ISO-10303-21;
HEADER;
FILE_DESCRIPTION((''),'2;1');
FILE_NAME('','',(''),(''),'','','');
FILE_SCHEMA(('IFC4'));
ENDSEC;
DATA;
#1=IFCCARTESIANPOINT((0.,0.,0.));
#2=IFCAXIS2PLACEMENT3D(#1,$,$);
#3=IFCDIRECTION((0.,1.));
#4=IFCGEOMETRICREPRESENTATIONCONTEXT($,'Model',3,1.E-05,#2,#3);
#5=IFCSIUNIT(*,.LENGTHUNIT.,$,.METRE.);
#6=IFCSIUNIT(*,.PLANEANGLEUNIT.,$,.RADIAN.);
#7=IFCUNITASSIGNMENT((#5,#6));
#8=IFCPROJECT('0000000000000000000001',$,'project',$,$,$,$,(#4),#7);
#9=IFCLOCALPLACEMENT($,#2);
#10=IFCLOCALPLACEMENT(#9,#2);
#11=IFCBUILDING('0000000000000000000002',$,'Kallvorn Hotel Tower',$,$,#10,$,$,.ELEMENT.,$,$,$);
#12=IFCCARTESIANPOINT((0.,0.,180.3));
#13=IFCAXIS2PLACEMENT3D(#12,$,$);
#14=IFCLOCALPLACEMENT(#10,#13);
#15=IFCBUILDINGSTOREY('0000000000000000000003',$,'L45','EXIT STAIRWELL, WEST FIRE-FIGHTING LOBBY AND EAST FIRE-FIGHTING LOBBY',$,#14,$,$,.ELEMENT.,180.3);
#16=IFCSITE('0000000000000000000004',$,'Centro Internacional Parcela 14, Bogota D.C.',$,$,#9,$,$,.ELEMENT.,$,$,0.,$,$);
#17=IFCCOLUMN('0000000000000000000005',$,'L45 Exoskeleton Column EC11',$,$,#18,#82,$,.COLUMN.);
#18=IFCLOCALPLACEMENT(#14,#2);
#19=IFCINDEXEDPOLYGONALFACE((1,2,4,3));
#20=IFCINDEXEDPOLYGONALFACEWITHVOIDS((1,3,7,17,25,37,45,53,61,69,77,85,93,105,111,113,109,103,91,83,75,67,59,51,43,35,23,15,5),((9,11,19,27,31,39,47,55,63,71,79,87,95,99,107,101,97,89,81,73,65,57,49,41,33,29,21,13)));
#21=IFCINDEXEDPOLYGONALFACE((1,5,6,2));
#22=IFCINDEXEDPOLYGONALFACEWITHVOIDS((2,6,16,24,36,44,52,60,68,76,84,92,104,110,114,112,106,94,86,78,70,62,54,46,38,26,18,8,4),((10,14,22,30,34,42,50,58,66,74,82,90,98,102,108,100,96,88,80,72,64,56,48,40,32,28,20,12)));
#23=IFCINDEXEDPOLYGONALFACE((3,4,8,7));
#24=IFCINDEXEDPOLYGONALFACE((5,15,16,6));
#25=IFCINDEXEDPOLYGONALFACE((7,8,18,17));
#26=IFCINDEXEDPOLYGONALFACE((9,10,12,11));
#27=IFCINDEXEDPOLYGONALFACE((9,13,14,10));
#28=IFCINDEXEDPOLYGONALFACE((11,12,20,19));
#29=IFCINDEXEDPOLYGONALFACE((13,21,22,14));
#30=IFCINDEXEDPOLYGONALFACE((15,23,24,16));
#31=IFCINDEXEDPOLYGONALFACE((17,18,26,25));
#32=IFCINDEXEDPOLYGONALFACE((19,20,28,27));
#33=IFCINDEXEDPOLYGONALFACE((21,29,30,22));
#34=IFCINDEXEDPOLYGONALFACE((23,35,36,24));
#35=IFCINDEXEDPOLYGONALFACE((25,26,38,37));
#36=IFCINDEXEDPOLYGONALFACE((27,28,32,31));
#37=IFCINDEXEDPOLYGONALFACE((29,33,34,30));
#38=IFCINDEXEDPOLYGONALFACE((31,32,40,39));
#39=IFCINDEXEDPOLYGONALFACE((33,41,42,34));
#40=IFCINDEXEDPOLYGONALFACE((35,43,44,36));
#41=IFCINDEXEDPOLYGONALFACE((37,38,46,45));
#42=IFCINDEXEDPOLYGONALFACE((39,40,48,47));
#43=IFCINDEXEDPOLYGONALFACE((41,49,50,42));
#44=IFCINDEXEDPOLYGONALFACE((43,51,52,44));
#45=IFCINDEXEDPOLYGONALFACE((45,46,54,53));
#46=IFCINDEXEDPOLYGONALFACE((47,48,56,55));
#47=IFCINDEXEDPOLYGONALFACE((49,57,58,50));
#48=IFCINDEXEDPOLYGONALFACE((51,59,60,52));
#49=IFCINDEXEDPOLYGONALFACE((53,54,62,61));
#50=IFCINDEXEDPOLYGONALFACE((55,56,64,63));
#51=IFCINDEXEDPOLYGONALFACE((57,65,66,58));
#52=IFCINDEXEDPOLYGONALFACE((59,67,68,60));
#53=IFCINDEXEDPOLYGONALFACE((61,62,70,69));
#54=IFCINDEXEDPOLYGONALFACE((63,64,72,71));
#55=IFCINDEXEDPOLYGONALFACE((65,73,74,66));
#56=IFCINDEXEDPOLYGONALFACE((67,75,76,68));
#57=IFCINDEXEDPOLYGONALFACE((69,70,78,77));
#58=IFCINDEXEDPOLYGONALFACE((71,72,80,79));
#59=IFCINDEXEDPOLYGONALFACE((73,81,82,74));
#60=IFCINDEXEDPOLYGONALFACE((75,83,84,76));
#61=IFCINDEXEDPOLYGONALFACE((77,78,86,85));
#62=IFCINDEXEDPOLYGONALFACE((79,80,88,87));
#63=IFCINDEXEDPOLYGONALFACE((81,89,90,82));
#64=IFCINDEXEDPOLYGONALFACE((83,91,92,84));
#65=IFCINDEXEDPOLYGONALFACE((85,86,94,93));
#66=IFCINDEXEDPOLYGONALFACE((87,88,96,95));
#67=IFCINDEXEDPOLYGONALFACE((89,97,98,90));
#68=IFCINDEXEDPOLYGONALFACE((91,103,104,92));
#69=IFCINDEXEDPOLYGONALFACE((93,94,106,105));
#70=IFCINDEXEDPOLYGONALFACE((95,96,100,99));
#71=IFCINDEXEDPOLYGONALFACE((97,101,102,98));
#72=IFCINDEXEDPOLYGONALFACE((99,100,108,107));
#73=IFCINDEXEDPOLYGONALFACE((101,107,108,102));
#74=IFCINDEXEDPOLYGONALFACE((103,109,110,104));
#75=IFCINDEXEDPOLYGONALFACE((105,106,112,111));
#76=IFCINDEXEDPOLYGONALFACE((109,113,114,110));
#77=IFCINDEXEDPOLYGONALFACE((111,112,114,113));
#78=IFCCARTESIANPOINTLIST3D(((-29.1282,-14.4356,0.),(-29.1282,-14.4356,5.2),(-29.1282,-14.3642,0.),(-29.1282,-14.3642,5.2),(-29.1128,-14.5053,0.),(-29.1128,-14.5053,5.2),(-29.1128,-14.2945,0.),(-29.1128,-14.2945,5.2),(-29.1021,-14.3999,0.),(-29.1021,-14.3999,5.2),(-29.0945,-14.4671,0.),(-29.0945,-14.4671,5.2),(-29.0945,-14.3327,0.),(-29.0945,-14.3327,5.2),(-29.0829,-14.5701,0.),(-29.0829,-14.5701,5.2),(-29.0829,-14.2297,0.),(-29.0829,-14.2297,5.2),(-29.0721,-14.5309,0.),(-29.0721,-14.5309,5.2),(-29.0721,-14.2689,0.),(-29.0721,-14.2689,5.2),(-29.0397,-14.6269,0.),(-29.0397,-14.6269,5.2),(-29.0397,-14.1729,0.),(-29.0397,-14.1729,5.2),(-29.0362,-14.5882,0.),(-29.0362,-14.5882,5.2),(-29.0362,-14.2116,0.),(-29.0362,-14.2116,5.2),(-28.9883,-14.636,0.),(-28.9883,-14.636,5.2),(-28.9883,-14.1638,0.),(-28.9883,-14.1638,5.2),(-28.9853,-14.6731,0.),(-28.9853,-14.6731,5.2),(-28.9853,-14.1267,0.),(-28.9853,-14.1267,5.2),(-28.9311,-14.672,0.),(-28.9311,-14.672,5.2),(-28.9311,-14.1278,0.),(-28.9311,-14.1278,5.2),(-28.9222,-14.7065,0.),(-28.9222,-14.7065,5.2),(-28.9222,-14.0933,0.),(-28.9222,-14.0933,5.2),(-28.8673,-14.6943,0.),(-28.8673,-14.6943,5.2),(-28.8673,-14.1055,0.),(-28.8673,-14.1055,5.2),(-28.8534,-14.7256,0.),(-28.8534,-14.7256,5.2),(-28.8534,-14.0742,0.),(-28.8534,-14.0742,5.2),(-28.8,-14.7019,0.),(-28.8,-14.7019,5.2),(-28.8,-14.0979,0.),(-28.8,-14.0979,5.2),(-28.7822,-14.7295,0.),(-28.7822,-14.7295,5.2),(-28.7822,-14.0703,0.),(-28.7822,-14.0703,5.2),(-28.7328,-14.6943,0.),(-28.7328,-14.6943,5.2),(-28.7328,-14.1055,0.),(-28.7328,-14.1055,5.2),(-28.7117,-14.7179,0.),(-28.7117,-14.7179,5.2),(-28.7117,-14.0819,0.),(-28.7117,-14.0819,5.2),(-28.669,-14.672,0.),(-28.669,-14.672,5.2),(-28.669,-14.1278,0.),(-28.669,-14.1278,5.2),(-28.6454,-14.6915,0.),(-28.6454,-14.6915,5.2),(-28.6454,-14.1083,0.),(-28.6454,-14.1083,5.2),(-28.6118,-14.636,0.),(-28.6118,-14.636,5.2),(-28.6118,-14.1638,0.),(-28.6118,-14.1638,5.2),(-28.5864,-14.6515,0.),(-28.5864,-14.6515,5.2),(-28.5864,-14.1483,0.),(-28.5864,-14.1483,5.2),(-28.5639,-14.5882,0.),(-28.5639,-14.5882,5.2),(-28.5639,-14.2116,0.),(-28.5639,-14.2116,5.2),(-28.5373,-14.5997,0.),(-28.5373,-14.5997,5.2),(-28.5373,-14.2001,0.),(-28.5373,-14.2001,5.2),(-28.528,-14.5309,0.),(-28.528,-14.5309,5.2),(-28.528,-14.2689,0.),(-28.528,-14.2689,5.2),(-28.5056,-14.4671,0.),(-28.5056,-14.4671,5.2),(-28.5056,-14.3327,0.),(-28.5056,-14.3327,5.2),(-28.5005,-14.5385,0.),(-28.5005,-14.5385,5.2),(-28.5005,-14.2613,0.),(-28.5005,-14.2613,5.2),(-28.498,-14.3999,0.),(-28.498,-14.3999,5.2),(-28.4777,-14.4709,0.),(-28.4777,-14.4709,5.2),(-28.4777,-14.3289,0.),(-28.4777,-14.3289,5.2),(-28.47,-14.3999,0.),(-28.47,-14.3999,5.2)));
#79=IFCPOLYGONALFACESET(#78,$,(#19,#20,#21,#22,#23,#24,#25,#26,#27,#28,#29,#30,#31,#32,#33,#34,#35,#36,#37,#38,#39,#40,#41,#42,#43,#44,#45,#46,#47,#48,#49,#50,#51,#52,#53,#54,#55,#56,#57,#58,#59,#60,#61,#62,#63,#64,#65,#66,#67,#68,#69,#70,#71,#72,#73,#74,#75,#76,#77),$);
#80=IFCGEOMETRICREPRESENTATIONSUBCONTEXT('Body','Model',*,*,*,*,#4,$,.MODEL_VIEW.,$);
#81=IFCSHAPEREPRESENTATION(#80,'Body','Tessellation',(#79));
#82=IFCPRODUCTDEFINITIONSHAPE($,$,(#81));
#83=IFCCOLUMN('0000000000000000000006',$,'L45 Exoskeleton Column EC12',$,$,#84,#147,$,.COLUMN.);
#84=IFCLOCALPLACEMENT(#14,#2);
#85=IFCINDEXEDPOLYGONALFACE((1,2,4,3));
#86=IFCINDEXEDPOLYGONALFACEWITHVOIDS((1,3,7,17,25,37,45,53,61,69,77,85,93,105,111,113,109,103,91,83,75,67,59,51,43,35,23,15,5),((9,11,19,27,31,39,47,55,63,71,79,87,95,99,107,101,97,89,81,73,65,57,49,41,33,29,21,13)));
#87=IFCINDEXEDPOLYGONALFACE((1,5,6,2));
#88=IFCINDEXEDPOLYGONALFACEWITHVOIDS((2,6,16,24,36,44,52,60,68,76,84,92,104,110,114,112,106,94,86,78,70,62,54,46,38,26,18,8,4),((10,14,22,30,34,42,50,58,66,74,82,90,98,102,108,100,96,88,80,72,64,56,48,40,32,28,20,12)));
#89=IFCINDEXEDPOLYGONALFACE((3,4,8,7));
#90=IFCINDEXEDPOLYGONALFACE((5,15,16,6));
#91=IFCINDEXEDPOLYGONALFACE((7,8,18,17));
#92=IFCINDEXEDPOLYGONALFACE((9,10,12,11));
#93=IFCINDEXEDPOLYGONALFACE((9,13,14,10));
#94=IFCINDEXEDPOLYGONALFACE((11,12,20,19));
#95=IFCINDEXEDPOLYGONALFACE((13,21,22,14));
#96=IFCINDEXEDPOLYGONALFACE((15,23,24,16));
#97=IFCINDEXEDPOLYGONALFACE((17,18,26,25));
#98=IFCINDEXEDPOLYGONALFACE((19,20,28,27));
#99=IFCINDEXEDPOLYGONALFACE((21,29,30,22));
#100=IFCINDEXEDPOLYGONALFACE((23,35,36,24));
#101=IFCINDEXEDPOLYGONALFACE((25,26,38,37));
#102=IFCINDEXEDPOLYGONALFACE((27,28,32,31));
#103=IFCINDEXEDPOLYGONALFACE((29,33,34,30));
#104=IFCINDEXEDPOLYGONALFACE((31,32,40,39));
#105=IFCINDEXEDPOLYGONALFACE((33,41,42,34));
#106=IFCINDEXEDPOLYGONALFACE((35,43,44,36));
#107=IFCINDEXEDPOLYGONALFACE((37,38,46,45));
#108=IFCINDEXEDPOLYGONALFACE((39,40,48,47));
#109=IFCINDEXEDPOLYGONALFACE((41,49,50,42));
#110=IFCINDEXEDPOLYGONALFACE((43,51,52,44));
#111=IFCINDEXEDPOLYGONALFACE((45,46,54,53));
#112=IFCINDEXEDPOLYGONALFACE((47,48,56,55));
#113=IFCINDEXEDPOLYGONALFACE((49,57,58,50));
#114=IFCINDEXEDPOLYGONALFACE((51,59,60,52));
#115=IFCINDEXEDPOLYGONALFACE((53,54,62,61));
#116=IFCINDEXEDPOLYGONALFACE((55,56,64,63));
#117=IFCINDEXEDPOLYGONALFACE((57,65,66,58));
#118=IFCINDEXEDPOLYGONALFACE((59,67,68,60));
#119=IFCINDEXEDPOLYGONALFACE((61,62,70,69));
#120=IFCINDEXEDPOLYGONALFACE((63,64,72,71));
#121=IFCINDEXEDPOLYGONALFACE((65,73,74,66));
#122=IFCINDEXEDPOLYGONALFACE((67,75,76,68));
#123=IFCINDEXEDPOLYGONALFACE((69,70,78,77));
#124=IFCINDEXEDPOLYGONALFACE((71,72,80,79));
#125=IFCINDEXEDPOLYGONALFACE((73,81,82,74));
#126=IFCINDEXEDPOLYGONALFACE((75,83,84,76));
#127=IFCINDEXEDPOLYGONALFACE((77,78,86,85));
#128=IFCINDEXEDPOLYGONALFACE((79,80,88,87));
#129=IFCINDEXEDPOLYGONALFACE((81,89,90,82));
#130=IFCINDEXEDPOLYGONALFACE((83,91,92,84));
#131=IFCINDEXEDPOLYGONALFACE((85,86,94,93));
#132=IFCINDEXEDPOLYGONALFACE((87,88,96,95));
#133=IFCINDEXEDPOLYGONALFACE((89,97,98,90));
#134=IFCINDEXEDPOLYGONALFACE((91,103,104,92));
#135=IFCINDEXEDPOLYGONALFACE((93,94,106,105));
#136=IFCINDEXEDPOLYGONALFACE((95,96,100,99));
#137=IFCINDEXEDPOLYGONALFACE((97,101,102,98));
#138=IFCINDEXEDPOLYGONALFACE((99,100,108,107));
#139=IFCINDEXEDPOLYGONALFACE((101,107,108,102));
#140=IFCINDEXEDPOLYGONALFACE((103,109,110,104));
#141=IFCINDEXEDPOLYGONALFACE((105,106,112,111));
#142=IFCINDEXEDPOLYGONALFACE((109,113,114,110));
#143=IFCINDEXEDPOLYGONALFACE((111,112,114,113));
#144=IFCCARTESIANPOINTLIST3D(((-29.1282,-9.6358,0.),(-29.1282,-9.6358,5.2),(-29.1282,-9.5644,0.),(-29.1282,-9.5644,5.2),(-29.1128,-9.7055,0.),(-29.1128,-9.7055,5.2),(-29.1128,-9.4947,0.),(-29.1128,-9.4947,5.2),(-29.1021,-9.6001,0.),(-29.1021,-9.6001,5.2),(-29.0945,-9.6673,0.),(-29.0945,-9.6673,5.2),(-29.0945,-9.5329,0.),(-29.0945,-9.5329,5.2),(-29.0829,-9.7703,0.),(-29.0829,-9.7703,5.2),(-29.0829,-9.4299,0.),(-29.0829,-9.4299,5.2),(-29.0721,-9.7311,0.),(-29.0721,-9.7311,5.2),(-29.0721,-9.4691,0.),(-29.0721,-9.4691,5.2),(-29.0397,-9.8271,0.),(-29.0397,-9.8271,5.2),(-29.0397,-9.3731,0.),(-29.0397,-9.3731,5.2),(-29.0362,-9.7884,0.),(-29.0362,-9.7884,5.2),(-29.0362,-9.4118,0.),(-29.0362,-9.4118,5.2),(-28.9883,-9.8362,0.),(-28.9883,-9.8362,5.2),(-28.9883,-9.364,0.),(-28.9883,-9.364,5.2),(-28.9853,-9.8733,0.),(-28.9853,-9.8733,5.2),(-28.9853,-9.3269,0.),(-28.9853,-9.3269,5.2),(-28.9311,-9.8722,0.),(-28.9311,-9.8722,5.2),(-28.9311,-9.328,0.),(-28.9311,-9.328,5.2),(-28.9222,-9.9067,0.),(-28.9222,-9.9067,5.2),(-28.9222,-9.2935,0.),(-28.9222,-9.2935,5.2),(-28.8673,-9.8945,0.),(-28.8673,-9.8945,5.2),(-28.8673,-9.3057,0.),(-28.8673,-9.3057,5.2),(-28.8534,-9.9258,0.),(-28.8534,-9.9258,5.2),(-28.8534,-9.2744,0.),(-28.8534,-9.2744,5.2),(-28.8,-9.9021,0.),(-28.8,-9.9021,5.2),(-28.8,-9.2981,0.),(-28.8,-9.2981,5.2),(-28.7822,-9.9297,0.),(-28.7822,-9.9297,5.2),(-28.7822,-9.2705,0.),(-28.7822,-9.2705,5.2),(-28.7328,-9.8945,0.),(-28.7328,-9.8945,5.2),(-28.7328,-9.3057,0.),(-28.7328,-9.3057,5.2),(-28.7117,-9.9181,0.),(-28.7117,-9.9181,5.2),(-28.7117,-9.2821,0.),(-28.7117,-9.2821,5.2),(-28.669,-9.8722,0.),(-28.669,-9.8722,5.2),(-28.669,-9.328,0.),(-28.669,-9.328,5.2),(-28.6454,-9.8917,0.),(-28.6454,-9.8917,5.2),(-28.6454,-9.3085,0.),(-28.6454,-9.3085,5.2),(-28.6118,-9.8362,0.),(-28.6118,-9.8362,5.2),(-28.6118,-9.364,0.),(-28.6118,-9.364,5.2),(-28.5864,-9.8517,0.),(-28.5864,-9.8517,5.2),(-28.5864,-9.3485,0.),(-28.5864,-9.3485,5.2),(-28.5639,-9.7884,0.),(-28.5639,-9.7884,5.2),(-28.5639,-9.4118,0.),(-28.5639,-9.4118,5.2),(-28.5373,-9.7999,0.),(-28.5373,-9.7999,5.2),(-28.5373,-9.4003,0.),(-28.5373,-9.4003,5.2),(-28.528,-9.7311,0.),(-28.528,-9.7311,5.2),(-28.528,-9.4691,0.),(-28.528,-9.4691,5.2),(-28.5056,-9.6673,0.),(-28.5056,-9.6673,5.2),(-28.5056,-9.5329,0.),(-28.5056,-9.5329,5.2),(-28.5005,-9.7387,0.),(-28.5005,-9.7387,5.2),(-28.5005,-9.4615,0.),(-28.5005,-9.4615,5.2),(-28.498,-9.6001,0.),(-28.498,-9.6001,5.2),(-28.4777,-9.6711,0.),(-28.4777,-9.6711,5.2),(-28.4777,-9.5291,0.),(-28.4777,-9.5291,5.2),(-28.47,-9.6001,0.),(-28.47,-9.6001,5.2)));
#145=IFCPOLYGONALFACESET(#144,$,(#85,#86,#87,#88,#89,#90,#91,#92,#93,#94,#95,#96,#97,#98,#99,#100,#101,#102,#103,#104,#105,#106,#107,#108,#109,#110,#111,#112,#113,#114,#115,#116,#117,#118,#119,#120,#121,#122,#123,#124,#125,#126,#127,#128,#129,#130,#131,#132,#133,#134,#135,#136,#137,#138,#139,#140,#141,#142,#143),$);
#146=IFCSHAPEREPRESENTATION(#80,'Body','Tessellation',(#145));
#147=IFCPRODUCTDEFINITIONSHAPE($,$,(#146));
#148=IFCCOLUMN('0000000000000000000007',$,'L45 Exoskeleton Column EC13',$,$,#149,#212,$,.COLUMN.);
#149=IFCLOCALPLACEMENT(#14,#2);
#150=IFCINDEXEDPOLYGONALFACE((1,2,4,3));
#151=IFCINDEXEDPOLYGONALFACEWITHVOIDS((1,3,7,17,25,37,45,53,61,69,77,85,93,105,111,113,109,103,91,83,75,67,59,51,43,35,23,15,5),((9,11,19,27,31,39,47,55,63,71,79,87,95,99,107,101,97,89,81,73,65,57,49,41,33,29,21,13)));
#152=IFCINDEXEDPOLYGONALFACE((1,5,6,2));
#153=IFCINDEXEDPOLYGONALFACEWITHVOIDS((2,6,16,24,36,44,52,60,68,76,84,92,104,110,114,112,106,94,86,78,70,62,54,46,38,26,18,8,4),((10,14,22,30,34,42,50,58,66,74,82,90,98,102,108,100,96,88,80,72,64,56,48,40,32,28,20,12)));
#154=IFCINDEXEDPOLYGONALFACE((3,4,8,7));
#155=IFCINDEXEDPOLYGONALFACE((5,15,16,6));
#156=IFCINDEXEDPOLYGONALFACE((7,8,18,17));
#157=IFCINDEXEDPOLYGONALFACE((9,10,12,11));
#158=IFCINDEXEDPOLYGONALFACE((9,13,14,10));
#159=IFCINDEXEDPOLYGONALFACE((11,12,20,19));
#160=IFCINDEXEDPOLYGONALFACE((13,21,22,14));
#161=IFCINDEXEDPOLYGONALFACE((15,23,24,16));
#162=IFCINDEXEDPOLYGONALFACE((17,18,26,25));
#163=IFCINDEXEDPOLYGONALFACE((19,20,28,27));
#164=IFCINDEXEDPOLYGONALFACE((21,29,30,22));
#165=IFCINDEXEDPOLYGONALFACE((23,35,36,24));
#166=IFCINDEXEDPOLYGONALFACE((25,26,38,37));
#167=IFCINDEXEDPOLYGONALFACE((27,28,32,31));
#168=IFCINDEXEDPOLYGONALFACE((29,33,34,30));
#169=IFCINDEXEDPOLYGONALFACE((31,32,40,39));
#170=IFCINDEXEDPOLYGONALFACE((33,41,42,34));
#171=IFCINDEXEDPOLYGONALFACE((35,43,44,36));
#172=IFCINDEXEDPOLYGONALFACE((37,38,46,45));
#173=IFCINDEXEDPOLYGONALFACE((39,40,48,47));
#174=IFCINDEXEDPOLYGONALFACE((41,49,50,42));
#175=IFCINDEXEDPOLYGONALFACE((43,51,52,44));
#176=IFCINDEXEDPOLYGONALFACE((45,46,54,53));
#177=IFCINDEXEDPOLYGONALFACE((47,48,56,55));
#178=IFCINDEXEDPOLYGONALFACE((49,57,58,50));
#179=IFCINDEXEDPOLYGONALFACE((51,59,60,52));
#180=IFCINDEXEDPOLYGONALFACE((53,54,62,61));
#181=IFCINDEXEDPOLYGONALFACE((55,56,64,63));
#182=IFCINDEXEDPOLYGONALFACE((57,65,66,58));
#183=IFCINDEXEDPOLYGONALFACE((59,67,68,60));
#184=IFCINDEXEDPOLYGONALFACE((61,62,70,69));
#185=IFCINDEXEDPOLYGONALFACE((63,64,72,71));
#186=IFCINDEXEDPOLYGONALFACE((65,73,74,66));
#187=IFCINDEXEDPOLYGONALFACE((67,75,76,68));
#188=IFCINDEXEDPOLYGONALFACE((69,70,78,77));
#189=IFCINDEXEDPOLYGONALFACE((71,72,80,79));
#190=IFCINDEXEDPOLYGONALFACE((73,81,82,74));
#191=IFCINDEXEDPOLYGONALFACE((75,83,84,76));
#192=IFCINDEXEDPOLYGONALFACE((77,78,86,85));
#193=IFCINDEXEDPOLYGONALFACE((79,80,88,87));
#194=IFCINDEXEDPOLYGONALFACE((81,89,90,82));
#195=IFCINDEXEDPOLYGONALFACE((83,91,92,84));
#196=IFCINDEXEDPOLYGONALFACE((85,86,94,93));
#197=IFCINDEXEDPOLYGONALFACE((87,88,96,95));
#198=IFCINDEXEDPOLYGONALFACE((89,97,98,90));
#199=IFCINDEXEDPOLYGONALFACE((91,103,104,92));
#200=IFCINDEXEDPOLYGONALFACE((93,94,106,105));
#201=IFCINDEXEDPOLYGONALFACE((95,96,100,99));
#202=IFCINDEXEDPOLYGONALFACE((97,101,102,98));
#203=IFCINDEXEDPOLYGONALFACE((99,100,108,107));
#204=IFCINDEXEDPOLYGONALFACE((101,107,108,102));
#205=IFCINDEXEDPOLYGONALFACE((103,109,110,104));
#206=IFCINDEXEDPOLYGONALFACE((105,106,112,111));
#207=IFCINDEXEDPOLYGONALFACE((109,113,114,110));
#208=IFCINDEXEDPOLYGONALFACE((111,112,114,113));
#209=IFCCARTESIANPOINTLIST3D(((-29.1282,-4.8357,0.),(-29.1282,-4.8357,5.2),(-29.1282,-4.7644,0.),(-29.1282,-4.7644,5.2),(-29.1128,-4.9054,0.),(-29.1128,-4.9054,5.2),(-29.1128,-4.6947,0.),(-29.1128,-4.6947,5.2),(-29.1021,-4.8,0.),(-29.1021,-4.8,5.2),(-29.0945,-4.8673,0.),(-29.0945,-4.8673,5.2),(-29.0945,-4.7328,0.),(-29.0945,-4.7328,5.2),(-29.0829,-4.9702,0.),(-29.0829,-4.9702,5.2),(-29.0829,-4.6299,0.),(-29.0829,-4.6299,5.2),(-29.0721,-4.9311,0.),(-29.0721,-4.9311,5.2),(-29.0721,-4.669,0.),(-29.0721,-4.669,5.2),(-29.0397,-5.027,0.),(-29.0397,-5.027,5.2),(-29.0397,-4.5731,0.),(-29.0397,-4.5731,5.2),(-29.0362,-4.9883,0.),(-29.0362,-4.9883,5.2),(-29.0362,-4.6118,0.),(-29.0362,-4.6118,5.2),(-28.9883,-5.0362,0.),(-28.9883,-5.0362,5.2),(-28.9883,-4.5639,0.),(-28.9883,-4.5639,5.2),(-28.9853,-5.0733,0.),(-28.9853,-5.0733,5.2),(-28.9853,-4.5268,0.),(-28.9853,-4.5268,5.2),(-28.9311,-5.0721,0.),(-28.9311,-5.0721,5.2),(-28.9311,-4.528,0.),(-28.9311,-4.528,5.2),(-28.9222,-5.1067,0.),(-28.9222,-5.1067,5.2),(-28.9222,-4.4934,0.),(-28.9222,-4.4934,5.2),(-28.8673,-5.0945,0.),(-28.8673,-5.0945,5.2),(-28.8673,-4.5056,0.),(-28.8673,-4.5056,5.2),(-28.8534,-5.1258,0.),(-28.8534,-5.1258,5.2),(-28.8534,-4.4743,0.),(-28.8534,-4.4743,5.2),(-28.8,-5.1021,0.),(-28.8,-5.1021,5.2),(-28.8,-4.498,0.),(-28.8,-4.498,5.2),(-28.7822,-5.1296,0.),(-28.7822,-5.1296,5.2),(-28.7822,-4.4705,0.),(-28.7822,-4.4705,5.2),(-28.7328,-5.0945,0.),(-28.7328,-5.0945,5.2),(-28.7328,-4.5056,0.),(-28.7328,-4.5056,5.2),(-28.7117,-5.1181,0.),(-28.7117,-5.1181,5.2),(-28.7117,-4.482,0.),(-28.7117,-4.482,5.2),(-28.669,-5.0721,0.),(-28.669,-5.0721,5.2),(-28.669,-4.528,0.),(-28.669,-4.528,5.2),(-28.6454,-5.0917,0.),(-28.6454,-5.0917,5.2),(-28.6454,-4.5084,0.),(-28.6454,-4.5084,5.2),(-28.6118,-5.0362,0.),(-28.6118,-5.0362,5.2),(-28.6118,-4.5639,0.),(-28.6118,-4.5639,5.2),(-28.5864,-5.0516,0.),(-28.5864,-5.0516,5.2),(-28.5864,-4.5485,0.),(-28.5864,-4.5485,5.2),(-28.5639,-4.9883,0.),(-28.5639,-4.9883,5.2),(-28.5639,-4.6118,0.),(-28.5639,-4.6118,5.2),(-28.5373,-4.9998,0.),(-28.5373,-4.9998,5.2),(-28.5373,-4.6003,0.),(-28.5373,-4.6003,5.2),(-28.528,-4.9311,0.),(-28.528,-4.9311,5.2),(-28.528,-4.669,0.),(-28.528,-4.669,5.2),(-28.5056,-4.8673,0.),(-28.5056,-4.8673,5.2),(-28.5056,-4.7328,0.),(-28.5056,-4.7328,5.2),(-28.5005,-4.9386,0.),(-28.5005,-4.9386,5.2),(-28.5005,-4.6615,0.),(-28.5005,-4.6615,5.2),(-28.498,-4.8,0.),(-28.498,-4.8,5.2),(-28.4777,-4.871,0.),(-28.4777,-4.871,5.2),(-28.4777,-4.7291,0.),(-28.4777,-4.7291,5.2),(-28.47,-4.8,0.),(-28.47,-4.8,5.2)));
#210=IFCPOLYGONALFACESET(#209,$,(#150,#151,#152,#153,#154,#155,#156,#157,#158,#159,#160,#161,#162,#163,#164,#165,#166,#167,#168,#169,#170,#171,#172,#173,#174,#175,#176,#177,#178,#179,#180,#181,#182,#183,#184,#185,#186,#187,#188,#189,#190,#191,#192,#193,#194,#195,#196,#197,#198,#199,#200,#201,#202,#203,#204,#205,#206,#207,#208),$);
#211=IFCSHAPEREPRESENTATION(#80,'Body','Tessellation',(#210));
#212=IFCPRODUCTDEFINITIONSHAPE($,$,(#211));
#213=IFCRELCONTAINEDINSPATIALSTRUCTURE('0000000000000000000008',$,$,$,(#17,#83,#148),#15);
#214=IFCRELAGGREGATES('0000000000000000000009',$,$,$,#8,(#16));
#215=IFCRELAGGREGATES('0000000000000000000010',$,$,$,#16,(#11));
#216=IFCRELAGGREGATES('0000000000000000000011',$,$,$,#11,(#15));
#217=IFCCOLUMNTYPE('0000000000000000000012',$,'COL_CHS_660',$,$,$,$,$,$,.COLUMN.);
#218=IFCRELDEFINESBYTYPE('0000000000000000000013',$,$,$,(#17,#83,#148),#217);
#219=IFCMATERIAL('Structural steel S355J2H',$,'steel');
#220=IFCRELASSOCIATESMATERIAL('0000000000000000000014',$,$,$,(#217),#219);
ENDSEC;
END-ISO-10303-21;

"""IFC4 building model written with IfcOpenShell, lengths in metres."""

from ifc_helpers import new_model, si_unit, direction, frame, origin, origin_2d, place, context, subcontext, project, spatial, hollow_circle, extrude, material, material_profile, profile_set, type_object, element, save


model = new_model("IFC4")

# Units and contexts
model_context = context("Model", 3, precision=1e-05, world=origin(), true_north=direction((0.0, 1.0)))
body_context = subcontext(model_context, "Body", "Model", "MODEL_VIEW")
ifc_project = project(units=[si_unit("LENGTHUNIT", "METRE"), si_unit("PLANEANGLEUNIT", "RADIAN")], contexts=[model_context])

# Site, building, storey
site_placement = place(None, origin())
site = spatial("IfcSite", under=ifc_project, at=site_placement, Name="Centro Internacional Parcela 14, Bogota D.C.", CompositionType="ELEMENT", RefElevation=0.0)
building_placement = place(site_placement, origin())
building = spatial("IfcBuilding", under=site, at=building_placement, Name="Kallvorn Hotel Tower", CompositionType="ELEMENT")
storey_placement = place(building_placement, frame((0.0, 0.0, 180.3)))
storey = spatial("IfcBuildingStorey", under=building, at=storey_placement, Name="L45", Description="EXIT STAIRWELL, WEST FIRE-FIGHTING LOBBY AND EAST FIRE-FIGHTING LOBBY", CompositionType="ELEMENT", Elevation=180.3)

# Columns
ifc_material_1 = material(Name="Structural steel S355J2H", Category="steel")
ifc_material_profile_1 = material_profile(ifc_material_1, hollow_circle(Radius=0.3301, WallThickness=0.0281, at=origin_2d()), Name="CHS 660x28")
ifc_profile_set_1 = profile_set([ifc_material_profile_1], Name="Structural steel S355J2H")
column_type_1 = type_object("IfcColumnType", Name="COL_CHS_660", PredefinedType="COLUMN", material=ifc_profile_set_1)
for number, where, z_axis, x_axis, name in (
    (1, (-28.8, -14.3999, 0.0), (0.0, 0.0, 1.0), (1.0, 0.0, 0.0), "L45 Exoskeleton Column EC11"),
    (2, (-28.8, -9.6001, 0.0), (0.0, 0.0, 1.0), (1.0, 0.0, 0.0), "L45 Exoskeleton Column EC12"),
    (3, (-28.8, -4.8, 0.0), (0.0, 0.0, 1.0), (1.0, 0.0, 0.0), "L45 Exoskeleton Column EC13"),
):
    element("IfcColumn", number, at=place(storey_placement, frame(where, z_axis=z_axis, x_axis=x_axis)), inside=storey, type_object=column_type_1, Name=name, PredefinedType="COLUMN", context=body_context, shape_type="SweptSolid", body=[
        extrude(hollow_circle(Radius=0.3301, WallThickness=0.0281, at=origin_2d()), origin(), (0.0, 0.0, 1.0), 5.2),
    ])

save(model, "model.ifc")
